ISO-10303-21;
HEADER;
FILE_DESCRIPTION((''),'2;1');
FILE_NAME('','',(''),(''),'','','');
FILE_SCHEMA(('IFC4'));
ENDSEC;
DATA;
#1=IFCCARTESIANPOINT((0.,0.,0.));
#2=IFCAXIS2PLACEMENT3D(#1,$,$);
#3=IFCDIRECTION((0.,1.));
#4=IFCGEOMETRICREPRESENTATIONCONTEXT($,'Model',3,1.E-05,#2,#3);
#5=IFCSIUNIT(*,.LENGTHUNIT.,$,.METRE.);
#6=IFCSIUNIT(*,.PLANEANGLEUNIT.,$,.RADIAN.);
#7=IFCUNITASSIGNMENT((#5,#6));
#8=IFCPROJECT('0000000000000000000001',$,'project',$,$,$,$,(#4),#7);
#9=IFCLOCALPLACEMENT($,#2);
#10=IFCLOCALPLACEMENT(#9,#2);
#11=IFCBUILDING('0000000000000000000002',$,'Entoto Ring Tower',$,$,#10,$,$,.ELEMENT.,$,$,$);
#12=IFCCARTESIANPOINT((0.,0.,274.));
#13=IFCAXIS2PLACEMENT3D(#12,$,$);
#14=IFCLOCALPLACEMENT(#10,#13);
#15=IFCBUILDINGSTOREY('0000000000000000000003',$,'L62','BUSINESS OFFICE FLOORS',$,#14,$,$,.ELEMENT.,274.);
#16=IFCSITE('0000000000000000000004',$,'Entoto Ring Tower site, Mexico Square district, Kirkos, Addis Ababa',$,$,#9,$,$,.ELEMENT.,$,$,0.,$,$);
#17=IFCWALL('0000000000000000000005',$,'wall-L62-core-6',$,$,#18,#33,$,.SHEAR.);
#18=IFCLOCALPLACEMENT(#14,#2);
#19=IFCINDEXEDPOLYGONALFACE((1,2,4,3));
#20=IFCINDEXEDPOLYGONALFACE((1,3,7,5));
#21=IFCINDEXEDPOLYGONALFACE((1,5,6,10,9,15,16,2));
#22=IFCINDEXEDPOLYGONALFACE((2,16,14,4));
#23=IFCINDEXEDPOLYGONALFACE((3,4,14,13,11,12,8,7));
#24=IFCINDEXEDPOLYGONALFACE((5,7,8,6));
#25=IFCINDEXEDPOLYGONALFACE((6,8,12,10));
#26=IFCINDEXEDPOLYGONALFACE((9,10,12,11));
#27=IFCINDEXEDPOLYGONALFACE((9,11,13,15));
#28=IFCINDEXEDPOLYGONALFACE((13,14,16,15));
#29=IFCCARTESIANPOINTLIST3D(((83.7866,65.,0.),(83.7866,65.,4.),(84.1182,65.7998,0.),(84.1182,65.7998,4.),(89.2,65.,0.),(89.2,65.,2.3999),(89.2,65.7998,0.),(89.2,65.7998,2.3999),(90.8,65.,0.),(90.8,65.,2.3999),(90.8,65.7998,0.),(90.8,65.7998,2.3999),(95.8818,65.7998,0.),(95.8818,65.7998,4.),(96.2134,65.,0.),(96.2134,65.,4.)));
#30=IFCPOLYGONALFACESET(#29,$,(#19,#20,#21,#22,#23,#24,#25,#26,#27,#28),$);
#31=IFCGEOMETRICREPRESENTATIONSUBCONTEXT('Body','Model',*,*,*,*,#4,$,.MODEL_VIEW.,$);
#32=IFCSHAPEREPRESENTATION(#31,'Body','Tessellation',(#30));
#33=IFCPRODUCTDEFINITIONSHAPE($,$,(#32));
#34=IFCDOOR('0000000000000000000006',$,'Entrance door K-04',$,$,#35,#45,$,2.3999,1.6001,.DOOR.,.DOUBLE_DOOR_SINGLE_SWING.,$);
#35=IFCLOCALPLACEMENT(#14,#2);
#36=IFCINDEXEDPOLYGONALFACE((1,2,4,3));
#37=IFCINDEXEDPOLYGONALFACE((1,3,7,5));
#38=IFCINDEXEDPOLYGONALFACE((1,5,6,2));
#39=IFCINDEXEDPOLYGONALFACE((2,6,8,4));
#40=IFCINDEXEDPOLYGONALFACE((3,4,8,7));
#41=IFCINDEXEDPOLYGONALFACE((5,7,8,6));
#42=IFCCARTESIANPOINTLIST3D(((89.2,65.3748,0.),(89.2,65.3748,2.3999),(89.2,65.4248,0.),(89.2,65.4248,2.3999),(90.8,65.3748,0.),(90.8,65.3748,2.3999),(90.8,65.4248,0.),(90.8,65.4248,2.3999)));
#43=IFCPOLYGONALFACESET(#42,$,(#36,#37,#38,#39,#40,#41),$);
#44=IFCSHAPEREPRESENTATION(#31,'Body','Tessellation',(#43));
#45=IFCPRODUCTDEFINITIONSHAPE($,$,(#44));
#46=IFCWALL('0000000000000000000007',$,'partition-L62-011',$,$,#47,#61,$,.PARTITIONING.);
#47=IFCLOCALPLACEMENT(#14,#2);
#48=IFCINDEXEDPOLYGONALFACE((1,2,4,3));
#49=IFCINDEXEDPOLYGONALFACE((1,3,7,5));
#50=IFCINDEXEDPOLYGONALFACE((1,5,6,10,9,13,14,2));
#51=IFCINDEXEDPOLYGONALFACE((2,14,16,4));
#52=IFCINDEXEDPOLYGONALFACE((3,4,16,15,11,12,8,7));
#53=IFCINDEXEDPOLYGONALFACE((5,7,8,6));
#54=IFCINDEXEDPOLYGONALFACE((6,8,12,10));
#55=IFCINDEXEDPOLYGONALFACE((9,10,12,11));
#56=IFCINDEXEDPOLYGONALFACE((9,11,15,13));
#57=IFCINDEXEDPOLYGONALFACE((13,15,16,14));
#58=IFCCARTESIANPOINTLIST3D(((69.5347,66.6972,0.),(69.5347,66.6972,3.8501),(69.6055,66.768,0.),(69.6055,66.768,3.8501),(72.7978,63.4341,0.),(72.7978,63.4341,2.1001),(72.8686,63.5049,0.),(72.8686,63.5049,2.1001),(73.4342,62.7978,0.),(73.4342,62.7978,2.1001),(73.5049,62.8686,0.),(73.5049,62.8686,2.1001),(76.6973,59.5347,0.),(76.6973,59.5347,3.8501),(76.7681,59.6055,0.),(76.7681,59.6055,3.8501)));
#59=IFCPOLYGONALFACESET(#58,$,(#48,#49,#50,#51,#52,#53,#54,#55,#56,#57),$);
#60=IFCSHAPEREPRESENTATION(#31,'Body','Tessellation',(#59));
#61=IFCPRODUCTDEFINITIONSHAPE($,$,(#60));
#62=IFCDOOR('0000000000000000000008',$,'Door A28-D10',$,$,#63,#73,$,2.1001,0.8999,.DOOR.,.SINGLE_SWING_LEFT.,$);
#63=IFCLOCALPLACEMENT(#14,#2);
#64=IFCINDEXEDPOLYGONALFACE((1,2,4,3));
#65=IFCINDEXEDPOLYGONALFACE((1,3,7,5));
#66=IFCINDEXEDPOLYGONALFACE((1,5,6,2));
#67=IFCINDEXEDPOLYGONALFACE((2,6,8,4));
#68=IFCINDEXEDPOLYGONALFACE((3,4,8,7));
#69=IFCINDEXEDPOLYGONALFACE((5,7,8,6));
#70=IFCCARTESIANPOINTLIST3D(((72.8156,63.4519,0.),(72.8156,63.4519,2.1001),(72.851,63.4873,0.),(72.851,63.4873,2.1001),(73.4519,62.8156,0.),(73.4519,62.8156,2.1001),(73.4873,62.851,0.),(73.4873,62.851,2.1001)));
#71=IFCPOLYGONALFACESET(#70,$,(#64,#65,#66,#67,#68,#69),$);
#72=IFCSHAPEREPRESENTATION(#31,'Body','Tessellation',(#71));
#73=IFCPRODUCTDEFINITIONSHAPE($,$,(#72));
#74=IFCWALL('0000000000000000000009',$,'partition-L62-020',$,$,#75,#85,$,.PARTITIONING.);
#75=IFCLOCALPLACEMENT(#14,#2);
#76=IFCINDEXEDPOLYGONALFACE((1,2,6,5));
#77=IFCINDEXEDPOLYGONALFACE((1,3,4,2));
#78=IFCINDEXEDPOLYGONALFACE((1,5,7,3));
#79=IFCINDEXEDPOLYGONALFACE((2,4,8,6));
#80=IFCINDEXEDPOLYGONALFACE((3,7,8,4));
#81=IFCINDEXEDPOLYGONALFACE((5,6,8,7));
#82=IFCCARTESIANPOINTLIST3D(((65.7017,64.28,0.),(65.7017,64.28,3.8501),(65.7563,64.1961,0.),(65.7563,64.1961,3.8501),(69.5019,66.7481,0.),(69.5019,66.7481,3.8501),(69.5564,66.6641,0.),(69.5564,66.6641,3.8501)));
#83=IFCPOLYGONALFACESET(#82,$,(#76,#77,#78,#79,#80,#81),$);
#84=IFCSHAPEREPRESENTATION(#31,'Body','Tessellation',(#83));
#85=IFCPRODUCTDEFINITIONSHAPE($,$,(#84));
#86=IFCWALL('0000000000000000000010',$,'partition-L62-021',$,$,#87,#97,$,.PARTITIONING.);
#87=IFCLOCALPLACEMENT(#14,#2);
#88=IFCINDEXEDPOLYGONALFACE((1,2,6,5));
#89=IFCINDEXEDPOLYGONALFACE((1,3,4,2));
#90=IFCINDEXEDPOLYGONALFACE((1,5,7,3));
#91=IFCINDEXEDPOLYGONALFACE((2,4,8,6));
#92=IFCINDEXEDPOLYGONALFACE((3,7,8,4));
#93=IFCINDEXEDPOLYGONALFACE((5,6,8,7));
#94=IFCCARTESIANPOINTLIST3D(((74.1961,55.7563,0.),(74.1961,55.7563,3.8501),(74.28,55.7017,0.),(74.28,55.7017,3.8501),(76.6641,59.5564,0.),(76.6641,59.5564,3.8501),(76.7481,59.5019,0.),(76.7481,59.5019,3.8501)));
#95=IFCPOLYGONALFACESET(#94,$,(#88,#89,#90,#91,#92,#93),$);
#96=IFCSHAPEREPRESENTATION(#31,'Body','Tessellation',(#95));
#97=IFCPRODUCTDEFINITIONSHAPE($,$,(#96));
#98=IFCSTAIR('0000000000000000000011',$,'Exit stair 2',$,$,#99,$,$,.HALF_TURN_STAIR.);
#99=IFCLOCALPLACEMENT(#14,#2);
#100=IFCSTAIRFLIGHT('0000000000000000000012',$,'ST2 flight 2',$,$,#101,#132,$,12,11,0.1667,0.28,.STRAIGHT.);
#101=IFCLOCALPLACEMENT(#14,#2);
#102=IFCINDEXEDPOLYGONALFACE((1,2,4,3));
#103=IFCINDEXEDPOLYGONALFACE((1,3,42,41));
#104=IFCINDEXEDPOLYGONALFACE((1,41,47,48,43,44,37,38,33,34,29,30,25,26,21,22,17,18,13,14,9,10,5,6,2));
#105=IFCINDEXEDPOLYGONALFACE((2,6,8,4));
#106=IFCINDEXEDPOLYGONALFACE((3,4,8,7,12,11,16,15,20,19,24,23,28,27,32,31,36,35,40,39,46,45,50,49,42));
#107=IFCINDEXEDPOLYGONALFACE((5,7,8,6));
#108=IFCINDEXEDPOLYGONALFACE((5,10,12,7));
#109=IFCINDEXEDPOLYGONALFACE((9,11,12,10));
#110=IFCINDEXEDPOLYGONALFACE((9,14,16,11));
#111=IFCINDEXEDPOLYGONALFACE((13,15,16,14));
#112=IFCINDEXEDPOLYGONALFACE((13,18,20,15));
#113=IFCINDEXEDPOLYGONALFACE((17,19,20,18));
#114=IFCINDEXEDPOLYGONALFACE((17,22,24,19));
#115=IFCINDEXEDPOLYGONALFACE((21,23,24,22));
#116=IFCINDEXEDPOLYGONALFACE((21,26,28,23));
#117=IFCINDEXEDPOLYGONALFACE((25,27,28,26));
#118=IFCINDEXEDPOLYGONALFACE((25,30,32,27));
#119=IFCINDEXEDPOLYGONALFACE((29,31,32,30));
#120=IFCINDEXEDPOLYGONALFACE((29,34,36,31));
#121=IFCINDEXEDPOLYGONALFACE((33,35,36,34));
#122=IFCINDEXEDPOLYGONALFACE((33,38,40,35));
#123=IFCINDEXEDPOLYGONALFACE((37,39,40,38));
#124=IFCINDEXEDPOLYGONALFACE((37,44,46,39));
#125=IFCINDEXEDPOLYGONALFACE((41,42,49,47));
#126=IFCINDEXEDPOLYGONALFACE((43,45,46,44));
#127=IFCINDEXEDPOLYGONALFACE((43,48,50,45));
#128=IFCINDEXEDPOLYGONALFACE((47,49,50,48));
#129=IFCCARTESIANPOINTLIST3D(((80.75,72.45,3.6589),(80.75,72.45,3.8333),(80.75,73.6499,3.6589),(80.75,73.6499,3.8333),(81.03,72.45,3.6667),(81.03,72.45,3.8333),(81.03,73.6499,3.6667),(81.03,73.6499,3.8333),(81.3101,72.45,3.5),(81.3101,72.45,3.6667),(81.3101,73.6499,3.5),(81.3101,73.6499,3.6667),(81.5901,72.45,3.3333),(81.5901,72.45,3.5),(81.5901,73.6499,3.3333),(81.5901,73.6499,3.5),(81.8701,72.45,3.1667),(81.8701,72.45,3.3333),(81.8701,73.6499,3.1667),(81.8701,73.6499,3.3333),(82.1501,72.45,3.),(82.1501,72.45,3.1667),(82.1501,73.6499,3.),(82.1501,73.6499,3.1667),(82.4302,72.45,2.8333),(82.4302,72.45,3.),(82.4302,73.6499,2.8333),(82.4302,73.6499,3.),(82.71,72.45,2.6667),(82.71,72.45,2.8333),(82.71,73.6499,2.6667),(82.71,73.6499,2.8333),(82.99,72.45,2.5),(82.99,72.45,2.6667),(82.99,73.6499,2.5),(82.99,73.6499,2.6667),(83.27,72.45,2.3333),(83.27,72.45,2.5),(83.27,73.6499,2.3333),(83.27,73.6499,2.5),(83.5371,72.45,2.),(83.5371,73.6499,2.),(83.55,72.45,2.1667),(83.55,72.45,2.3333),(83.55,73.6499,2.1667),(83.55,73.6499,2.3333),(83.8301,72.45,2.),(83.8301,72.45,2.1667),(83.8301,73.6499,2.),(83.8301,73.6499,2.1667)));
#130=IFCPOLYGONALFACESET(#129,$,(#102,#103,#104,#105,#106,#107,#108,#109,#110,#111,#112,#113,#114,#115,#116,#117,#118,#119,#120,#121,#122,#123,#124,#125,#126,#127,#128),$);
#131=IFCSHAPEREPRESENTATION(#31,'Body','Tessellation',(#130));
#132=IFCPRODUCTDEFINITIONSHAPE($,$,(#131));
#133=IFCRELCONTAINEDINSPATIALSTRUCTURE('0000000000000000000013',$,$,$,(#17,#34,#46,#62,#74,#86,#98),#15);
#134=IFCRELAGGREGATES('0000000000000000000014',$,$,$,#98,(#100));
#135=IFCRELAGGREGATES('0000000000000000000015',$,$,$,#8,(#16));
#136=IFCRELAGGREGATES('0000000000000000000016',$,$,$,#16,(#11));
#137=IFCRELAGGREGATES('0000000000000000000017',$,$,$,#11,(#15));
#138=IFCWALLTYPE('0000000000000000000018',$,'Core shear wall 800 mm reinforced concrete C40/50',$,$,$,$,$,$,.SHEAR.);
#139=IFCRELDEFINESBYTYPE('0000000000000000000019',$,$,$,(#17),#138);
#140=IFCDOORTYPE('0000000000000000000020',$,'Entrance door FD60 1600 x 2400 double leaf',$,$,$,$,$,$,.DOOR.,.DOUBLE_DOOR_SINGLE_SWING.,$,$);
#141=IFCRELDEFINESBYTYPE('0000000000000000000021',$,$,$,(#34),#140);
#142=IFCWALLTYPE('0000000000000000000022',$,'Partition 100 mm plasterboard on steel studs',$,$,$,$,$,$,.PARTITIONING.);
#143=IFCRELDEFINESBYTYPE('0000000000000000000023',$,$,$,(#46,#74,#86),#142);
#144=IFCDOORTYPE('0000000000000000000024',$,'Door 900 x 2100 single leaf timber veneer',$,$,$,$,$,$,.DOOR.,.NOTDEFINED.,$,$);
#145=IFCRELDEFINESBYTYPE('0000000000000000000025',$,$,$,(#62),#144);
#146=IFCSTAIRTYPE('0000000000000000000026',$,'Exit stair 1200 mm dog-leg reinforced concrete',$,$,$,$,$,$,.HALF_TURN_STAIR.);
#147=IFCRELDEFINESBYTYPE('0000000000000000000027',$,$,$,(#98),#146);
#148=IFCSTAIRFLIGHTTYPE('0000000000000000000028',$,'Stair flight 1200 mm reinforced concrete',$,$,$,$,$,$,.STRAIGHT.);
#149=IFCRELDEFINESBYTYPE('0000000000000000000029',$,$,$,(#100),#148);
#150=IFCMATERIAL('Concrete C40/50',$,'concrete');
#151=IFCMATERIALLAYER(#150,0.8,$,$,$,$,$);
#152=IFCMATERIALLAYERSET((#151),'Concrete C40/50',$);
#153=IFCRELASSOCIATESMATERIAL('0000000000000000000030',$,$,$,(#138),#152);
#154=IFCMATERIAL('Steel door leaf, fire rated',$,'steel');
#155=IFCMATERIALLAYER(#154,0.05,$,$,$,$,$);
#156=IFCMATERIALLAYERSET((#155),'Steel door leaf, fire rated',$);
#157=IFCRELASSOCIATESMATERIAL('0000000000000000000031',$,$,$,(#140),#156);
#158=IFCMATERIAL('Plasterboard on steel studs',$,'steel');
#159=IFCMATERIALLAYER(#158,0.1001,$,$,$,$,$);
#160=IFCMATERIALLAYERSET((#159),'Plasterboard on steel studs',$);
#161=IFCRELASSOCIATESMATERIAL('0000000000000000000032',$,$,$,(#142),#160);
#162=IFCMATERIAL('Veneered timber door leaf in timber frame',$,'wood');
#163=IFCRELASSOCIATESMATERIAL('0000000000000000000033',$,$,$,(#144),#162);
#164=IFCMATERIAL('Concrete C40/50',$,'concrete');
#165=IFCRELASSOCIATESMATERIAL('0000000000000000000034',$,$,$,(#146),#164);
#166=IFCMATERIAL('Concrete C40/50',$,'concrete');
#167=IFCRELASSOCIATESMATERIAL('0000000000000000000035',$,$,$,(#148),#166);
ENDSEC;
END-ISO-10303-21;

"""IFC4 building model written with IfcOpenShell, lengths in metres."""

from ifc_helpers import new_model, si_unit, direction, frame, frame_2d, origin, place, context, subcontext, project, spatial, polyline, rectangle, outline, extrude, material, layer, layer_set, type_object, element, fill, aggregate, save


model = new_model("IFC4")

# Units and contexts
model_context = context("Model", 3, precision=1e-05, world=origin(), true_north=direction((0.0, 1.0)))
body_context = subcontext(model_context, "Body", "Model", "MODEL_VIEW")
ifc_project = project(units=[si_unit("LENGTHUNIT", "METRE"), si_unit("PLANEANGLEUNIT", "RADIAN")], contexts=[model_context])

# Site, building, storey
site_placement = place(None, origin())
site = spatial("IfcSite", under=ifc_project, at=site_placement, Name="Entoto Ring Tower site, Mexico Square district, Kirkos, Addis Ababa", CompositionType="ELEMENT", RefElevation=0.0)
building_placement = place(site_placement, origin())
building = spatial("IfcBuilding", under=site, at=building_placement, Name="Entoto Ring Tower", CompositionType="ELEMENT")
storey_placement = place(building_placement, frame((0.0, 0.0, 274.0)))
storey = spatial("IfcBuildingStorey", under=building, at=storey_placement, Name="L62", Description="BUSINESS OFFICE FLOORS", CompositionType="ELEMENT", Elevation=274.0)

# Walls, openings, doors
ifc_material_1 = material(Name="Concrete C40/50", Category="concrete")
ifc_layer_1 = layer(ifc_material_1, 0.8)
ifc_layer_set_1 = layer_set([ifc_layer_1], Name="Concrete C40/50")
wall_type_1 = type_object("IfcWallType", Name="Core shear wall 800 mm reinforced concrete C40/50", PredefinedType="SHEAR", material=ifc_layer_set_1)
wall_1_placement = place(storey_placement, frame((83.9524, 65.3999, 0.0), z_axis=(0.0, 0.0, 1.0), x_axis=(1.0, 0.0, 0.0)))
wall_1 = element("IfcWall", 1, at=wall_1_placement, inside=storey, type_object=wall_type_1, Name="wall-L62-core-6", PredefinedType="SHEAR", context=body_context, shape_type="SweptSolid", body=[
    extrude(outline(polyline([(-0.1658, -0.3999), (12.261, -0.3999), (11.9294, 0.3999), (0.1658, 0.3999), (-0.1658, -0.3999)])), origin(), (0.0, 0.0, 1.0), 4.0),
])
opening_1_placement = place(wall_1_placement, frame((5.2476, 0.0, 0.0)))
opening_1 = element("IfcOpeningElement", 2, at=opening_1_placement, cuts=wall_1, PredefinedType="OPENING", context=body_context, shape_type="SweptSolid", body=[
    extrude(rectangle(XDim=1.6001, YDim=2.3999, at=frame_2d((0.8, 1.2))), frame((0.0, 0.4102, 0.0), z_axis=(0.0, -1.0, 0.0), x_axis=(1.0, 0.0, 0.0)), (0.0, 0.0, 1.0), 0.8201),
])
ifc_material_2 = material(Name="Steel door leaf, fire rated", Category="steel")
ifc_layer_2 = layer(ifc_material_2, 0.05)
ifc_layer_set_2 = layer_set([ifc_layer_2], Name="Steel door leaf, fire rated")
door_type_1 = type_object("IfcDoorType", Name="Entrance door FD60 1600 x 2400 double leaf", OperationType="DOUBLE_DOOR_SINGLE_SWING", PredefinedType="DOOR", material=ifc_layer_set_2)
door_1_placement = place(opening_1_placement, origin())
door_1 = element("IfcDoor", 3, at=door_1_placement, inside=storey, type_object=door_type_1, Name="Entrance door K-04", OperationType="DOUBLE_DOOR_SINGLE_SWING", OverallHeight=2.3999, OverallWidth=1.6001, PredefinedType="DOOR", context=body_context, shape_type="SweptSolid", body=[
    extrude(rectangle(XDim=1.6001, YDim=2.3999, at=frame_2d((0.8, 1.2))), frame((0.0, 0.0249, 0.0), z_axis=(0.0, -1.0, 0.0), x_axis=(1.0, 0.0, 0.0)), (0.0, 0.0, 1.0), 0.05),
])
fill(opening_1, door_1)
ifc_material_3 = material(Name="Plasterboard on steel studs", Category="steel")
ifc_layer_3 = layer(ifc_material_3, 0.1001)
ifc_layer_set_3 = layer_set([ifc_layer_3], Name="Plasterboard on steel studs")
wall_type_2 = type_object("IfcWallType", Name="Partition 100 mm plasterboard on steel studs", PredefinedType="PARTITIONING", material=ifc_layer_set_3)
wall_2_placement = place(storey_placement, frame((76.7327, 59.5701, 0.0), z_axis=(0.0, 0.0, 1.0), x_axis=(-0.707107, 0.707107, 0.0)))
wall_2 = element("IfcWall", 4, at=wall_2_placement, inside=storey, type_object=wall_type_2, Name="partition-L62-011", PredefinedType="PARTITIONING", context=body_context, shape_type="SweptSolid", body=[
    extrude(rectangle(XDim=10.1294, YDim=0.1001, at=frame_2d((5.0647, 0.0))), origin(), (0.0, 0.0, 1.0), 3.8501),
])
opening_2_placement = place(wall_2_placement, frame((4.6147, 0.0, 0.0)))
opening_2 = element("IfcOpeningElement", 5, at=opening_2_placement, cuts=wall_2, PredefinedType="OPENING", context=body_context, shape_type="SweptSolid", body=[
    extrude(rectangle(XDim=0.8999, YDim=2.1001, at=frame_2d((0.45, 1.05))), frame((0.0, 0.0601, 0.0), z_axis=(0.0, -1.0, 0.0), x_axis=(1.0, 0.0, 0.0)), (0.0, 0.0, 1.0), 0.1201),
])
ifc_material_4 = material(Name="Veneered timber door leaf in timber frame", Category="wood")
door_type_2 = type_object("IfcDoorType", Name="Door 900 x 2100 single leaf timber veneer", OperationType="NOTDEFINED", PredefinedType="DOOR", material=ifc_material_4)
door_2_placement = place(opening_2_placement, origin())
door_2 = element("IfcDoor", 6, at=door_2_placement, inside=storey, type_object=door_type_2, Name="Door A28-D10", OperationType="SINGLE_SWING_LEFT", OverallHeight=2.1001, OverallWidth=0.8999, PredefinedType="DOOR", context=body_context, shape_type="SweptSolid", body=[
    extrude(rectangle(XDim=0.8999, YDim=2.1001, at=frame_2d((0.45, 1.05))), frame((0.0, 0.0249, 0.0), z_axis=(0.0, -1.0, 0.0), x_axis=(1.0, 0.0, 0.0)), (0.0, 0.0, 1.0), 0.05),
])
fill(opening_2, door_2)

# Walls
for number, where, z_axis, x_axis, name in (
    (7, (65.729, 64.238, 0.0), (0.0, 0.0, 1.0), (0.838647, 0.544676, 0.0), "partition-L62-020"),
    (8, (74.238, 55.729, 0.0), (0.0, 0.0, 1.0), (0.544676, 0.838647, 0.0), "partition-L62-021"),
):
    element("IfcWall", number, at=place(storey_placement, frame(where, z_axis=z_axis, x_axis=x_axis)), inside=storey, type_object=wall_type_2, Name=name, PredefinedType="PARTITIONING", context=body_context, shape_type="SweptSolid", body=[
        extrude(rectangle(XDim=4.5312, YDim=0.1001, at=frame_2d((2.2656, 0.0))), origin(), (0.0, 0.0, 1.0), 3.8501),
    ])

# Stair, stair flight
ifc_material_5 = material(Name="Concrete C40/50", Category="concrete")
stair_type = type_object("IfcStairType", Name="Exit stair 1200 mm dog-leg reinforced concrete", PredefinedType="HALF_TURN_STAIR", material=ifc_material_5)
stair_placement = place(storey_placement, origin())
stair = element("IfcStair", 9, at=stair_placement, inside=storey, type_object=stair_type, Name="Exit stair 2", PredefinedType="HALF_TURN_STAIR")
ifc_material_6 = material(Name="Concrete C40/50", Category="concrete")
stair_flight_type = type_object("IfcStairFlightType", Name="Stair flight 1200 mm reinforced concrete", PredefinedType="STRAIGHT", material=ifc_material_6)
stair_flight_placement = place(storey_placement, frame((83.8301, 73.05, 2.0), z_axis=(0.0, 0.0, 1.0), x_axis=(-1.0, 0.0, 0.0)))
stair_flight = element("IfcStairFlight", 10, at=stair_flight_placement, type_object=stair_flight_type, Name="ST2 flight 2", NumberOfRisers=12, NumberOfTreads=11, PredefinedType="STRAIGHT", RiserHeight=0.1667, TreadLength=0.28, context=body_context, shape_type="SweptSolid", body=[
    extrude(outline(polyline([(0.0, 0.0), (0.0, 0.1667), (0.28, 0.1667), (0.28, 0.3333), (0.5601, 0.3333), (0.5601, 0.5), (0.8401, 0.5), (0.8401, 0.6667), (1.1201, 0.6667), (1.1201, 0.8333), (1.3999, 0.8333), (1.3999, 1.0), (1.6799, 1.0), (1.6799, 1.1667), (1.96, 1.1667), (1.96, 1.3333), (2.24, 1.3333), (2.24, 1.5), (2.52, 1.5), (2.52, 1.6667), (2.8, 1.6667), (2.8, 1.8333), (3.0801, 1.8333), (3.0801, 2.0), (3.0801, 1.6589), (0.293, 0.0), (0.0, 0.0)])), frame((0.0, 0.6001, 0.0), z_axis=(0.0, -1.0, 0.0), x_axis=(1.0, 0.0, 0.0)), (0.0, 0.0, 1.0), 1.2),
])
aggregate(stair, [stair_flight])

save(model, "model.ifc")
